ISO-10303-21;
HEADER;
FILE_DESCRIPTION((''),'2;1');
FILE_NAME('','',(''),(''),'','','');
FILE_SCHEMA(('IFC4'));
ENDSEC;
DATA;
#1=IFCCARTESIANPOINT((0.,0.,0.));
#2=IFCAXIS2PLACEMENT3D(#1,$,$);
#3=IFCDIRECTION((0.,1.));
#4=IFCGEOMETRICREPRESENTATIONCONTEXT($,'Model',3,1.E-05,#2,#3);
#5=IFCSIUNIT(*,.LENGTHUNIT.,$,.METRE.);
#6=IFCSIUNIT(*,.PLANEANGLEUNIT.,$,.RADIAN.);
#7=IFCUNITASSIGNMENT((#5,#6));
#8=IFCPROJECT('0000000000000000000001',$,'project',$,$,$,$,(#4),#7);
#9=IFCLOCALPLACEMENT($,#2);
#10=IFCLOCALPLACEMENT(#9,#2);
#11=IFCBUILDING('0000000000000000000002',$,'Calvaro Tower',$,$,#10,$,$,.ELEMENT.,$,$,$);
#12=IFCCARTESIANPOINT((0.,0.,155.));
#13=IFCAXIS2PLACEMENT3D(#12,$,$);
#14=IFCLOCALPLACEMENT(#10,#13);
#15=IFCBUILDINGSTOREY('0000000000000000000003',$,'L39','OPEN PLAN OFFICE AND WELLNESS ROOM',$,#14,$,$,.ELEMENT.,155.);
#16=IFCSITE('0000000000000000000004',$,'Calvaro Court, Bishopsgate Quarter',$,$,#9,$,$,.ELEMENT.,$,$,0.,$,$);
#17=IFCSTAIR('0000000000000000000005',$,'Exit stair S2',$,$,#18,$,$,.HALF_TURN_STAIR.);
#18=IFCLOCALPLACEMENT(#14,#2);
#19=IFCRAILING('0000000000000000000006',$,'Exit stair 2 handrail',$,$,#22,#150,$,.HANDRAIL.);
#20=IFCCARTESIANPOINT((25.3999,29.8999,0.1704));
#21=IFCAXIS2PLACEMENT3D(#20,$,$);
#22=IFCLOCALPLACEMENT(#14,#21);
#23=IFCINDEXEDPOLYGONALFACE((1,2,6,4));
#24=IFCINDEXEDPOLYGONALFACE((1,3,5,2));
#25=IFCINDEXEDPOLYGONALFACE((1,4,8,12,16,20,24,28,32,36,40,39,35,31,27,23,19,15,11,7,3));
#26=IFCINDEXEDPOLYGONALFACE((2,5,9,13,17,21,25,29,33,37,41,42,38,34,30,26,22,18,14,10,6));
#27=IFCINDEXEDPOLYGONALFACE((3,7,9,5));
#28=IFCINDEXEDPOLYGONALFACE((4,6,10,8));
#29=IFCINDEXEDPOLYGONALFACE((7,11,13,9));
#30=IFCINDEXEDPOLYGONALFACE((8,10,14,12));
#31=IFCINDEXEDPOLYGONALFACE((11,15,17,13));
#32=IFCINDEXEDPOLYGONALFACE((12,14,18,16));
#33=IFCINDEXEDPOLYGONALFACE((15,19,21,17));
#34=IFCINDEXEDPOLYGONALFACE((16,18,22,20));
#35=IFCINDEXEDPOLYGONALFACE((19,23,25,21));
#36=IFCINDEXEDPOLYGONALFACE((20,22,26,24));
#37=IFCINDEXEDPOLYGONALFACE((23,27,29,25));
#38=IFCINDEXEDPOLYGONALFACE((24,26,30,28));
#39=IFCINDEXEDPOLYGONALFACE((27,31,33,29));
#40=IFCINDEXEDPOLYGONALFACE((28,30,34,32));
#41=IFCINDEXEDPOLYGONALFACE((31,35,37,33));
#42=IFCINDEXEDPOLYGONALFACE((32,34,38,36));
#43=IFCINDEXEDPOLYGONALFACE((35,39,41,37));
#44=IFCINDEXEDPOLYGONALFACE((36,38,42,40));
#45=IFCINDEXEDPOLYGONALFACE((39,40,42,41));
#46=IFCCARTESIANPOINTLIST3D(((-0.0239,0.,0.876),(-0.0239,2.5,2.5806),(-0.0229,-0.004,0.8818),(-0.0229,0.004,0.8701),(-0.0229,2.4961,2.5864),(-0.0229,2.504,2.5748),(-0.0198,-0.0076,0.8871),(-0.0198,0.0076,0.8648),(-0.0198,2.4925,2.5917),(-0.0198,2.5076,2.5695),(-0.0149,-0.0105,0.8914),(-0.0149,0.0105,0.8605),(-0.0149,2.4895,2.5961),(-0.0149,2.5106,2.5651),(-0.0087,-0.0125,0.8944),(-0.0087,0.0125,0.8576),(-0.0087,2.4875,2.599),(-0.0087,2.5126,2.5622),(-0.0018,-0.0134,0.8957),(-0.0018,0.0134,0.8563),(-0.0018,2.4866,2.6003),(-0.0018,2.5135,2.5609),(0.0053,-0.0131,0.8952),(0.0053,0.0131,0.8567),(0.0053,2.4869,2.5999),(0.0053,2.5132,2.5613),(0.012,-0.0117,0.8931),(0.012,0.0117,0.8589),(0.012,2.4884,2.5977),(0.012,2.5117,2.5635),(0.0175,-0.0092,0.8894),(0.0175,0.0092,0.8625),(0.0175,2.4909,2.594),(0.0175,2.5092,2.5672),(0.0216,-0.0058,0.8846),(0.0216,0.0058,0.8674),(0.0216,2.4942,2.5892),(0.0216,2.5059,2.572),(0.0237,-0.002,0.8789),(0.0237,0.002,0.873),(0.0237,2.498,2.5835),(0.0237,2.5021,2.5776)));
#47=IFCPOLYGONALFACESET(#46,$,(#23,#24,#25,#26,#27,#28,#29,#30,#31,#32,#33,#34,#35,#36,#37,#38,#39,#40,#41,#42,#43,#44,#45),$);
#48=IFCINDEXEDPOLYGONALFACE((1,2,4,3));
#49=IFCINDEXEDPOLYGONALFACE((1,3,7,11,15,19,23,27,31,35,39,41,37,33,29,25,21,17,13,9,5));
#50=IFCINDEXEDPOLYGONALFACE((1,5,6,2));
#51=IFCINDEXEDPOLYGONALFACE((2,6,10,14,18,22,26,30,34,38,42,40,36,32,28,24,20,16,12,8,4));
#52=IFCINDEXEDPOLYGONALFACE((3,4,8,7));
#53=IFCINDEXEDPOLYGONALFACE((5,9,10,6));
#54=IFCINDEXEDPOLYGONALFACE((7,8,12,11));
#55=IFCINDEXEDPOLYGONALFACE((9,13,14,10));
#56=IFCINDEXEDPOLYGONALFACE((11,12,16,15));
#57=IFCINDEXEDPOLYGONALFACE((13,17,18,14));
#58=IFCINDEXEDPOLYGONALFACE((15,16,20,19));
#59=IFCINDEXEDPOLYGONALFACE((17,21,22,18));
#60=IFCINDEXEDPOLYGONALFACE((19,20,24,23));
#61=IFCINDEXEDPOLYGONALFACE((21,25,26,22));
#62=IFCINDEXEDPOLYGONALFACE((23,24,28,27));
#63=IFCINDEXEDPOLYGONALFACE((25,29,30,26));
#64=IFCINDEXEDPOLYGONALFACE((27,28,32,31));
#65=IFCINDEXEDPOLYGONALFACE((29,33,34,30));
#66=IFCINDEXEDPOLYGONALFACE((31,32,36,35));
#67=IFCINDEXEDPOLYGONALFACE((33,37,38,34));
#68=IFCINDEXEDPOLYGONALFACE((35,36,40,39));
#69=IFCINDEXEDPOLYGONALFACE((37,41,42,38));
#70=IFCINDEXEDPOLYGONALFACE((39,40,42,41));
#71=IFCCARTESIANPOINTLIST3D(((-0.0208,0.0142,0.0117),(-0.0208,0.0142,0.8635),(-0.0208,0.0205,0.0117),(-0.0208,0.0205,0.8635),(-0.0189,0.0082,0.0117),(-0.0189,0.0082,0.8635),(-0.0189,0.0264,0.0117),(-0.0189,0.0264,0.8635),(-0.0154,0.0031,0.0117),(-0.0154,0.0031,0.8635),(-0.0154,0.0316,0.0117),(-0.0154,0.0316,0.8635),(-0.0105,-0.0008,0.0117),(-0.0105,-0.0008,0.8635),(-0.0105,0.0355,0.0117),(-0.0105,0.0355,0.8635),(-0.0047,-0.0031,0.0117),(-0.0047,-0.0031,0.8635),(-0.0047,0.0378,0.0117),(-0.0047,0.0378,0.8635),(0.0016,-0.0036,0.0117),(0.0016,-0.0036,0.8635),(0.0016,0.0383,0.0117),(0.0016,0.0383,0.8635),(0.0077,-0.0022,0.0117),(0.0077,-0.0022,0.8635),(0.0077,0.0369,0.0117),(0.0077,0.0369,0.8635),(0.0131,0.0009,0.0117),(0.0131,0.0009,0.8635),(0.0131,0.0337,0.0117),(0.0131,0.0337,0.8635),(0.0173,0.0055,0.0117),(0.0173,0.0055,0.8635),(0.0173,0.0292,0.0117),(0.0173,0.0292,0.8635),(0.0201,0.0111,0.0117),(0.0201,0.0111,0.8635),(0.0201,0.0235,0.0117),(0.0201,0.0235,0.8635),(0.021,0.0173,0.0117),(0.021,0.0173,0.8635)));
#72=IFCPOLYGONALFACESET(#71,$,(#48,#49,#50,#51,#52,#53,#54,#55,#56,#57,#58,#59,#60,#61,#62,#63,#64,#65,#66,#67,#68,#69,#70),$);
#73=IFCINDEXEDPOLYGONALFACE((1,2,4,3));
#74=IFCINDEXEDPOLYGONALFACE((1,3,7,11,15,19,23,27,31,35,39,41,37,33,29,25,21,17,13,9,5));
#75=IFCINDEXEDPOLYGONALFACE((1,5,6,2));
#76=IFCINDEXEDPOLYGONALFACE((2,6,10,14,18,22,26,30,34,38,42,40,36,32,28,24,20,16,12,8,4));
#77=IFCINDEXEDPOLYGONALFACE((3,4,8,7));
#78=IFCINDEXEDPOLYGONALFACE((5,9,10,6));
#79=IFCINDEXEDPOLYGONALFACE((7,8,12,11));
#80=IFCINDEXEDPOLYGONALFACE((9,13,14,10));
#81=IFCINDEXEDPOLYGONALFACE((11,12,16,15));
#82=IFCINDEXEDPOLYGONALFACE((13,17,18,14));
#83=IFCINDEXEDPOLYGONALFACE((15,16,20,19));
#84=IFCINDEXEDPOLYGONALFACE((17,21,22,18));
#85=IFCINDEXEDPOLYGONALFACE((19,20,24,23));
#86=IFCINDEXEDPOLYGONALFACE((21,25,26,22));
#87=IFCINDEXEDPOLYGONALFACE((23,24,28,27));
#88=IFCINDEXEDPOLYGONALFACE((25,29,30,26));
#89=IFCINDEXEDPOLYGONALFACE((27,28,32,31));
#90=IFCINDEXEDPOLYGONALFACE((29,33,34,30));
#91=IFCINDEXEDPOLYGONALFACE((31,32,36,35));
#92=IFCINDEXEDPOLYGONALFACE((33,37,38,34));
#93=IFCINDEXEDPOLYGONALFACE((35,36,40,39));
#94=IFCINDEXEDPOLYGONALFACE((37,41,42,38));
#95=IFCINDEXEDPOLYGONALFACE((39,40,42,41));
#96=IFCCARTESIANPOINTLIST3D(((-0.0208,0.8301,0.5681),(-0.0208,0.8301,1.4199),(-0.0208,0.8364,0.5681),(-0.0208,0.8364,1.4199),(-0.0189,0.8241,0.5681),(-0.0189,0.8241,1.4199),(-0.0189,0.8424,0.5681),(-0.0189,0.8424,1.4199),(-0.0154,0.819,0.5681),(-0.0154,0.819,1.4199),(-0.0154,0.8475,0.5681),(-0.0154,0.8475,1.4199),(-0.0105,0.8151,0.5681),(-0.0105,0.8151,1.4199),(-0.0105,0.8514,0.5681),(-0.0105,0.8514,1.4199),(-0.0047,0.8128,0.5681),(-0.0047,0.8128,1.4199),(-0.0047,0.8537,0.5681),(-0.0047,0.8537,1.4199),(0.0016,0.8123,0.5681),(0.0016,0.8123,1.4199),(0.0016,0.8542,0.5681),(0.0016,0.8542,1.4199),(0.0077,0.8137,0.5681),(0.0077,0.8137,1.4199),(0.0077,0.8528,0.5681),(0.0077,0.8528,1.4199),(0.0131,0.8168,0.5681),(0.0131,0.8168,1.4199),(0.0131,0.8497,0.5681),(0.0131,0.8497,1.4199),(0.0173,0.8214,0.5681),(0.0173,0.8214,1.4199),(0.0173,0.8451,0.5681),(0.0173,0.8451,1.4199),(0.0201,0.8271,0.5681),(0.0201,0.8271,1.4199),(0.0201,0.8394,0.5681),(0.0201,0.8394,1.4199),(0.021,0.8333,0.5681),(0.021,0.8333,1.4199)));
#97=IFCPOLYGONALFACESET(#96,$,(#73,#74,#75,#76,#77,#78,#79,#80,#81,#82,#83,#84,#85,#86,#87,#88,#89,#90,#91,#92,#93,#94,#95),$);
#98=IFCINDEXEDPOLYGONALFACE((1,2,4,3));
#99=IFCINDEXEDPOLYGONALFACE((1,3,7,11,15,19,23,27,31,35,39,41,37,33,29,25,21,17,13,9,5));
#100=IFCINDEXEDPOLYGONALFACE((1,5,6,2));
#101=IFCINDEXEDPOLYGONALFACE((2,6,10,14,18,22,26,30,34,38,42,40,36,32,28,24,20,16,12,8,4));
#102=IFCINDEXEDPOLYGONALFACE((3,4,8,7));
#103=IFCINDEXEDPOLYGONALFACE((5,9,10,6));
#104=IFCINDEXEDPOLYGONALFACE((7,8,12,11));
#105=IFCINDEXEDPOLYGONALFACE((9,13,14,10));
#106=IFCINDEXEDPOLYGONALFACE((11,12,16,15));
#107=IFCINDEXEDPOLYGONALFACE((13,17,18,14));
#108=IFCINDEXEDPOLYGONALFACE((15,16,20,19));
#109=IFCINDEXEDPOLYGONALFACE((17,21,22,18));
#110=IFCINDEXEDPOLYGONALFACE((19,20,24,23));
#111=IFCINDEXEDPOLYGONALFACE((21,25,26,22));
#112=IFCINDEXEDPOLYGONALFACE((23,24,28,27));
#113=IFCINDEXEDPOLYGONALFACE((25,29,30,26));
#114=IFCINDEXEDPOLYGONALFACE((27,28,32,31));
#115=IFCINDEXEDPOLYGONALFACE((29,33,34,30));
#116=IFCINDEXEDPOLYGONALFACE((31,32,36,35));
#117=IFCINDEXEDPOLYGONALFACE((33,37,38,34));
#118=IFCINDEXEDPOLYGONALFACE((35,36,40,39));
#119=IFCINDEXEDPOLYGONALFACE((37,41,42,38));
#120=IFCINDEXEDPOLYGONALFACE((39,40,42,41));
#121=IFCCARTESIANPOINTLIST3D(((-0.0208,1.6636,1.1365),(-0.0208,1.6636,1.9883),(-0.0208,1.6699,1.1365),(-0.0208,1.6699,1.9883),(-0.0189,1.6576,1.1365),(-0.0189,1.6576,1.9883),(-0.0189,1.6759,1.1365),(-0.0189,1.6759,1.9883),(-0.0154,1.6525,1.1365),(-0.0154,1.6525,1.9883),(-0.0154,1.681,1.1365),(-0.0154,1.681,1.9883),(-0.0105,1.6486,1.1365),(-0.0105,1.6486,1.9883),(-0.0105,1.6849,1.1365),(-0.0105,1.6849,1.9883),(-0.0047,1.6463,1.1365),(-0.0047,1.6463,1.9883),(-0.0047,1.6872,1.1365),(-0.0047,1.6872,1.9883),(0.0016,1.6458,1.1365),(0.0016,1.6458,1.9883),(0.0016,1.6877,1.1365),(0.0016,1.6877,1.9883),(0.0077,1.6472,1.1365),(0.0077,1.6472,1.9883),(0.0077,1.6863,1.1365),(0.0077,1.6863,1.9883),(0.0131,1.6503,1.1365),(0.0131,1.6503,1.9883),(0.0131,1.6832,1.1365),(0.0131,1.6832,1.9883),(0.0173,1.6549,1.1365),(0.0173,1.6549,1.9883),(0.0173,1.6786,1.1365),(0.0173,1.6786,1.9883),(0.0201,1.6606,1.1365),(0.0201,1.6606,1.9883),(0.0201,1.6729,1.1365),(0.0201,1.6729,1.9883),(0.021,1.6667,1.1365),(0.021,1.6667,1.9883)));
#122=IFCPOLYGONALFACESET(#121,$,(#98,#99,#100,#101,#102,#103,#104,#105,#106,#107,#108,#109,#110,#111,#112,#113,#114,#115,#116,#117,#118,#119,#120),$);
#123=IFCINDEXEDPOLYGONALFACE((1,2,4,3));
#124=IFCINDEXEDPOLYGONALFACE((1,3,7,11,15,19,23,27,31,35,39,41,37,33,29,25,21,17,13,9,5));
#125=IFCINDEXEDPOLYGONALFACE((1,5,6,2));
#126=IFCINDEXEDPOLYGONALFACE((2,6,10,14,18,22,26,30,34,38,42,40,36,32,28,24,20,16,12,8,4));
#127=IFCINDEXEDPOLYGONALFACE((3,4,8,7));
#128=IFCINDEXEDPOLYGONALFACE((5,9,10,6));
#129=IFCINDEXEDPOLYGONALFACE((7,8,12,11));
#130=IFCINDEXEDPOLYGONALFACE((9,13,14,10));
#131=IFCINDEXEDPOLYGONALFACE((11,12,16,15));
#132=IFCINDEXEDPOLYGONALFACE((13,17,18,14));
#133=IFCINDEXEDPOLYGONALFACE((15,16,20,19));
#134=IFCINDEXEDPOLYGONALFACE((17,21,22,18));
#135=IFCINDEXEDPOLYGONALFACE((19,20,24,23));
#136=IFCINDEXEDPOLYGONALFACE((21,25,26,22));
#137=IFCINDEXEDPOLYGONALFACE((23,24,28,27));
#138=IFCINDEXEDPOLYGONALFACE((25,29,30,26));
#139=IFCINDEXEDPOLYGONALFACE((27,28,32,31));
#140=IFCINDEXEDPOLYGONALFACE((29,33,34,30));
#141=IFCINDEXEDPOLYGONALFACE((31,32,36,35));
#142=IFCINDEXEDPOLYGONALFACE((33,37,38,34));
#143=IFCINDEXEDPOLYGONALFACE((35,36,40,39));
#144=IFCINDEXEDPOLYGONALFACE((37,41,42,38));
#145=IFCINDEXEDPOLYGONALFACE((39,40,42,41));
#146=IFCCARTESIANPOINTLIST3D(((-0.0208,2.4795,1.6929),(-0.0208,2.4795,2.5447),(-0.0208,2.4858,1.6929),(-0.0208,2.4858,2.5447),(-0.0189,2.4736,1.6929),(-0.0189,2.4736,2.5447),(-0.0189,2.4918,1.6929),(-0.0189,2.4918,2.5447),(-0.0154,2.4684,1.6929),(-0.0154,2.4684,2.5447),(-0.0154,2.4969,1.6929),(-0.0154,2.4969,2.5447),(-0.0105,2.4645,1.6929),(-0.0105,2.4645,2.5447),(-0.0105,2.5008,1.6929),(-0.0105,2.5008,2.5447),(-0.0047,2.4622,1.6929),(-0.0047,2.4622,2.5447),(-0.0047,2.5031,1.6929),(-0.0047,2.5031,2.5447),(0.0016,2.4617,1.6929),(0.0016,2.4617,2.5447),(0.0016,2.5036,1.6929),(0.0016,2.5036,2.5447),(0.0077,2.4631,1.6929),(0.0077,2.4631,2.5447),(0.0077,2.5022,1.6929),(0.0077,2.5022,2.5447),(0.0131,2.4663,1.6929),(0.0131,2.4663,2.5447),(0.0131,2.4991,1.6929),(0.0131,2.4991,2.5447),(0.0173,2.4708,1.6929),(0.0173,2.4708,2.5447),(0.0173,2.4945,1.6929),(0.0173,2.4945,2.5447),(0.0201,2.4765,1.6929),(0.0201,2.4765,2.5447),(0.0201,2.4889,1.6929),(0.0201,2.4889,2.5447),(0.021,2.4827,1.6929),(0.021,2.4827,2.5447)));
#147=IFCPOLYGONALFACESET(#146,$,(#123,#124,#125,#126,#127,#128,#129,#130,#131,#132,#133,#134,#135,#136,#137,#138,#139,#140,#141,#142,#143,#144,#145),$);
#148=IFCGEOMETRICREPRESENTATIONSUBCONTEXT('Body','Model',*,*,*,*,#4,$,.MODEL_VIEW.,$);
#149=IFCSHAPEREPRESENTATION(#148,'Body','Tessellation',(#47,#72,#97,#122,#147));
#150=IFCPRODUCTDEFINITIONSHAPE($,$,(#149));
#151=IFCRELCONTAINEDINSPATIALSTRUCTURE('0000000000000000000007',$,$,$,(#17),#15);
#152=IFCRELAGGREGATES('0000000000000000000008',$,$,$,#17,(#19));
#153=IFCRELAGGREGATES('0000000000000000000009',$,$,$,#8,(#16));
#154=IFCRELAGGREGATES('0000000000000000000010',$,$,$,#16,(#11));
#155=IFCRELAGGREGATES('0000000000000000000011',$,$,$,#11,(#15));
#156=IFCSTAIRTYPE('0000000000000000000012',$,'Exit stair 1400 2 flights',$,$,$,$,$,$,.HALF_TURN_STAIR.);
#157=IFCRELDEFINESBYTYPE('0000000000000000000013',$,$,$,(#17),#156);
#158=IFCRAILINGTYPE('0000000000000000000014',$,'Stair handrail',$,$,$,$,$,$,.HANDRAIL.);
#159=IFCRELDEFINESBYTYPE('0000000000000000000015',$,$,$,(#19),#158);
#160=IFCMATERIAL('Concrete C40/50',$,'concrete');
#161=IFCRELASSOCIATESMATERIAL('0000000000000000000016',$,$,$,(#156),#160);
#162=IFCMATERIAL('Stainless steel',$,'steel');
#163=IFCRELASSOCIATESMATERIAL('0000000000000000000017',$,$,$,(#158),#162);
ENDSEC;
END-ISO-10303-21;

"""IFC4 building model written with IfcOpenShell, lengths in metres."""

from ifc_helpers import new_model, si_unit, direction, frame, origin, origin_2d, place, context, subcontext, project, spatial, circle, extrude, material, type_object, element, aggregate, save


model = new_model("IFC4")

# Units and contexts
model_context = context("Model", 3, precision=1e-05, world=origin(), true_north=direction((0.0, 1.0)))
body_context = subcontext(model_context, "Body", "Model", "MODEL_VIEW")
ifc_project = project(units=[si_unit("LENGTHUNIT", "METRE"), si_unit("PLANEANGLEUNIT", "RADIAN")], contexts=[model_context])

# Site, building, storey
site_placement = place(None, origin())
site = spatial("IfcSite", under=ifc_project, at=site_placement, Name="Calvaro Court, Bishopsgate Quarter", CompositionType="ELEMENT", RefElevation=0.0)
building_placement = place(site_placement, origin())
building = spatial("IfcBuilding", under=site, at=building_placement, Name="Calvaro Tower", CompositionType="ELEMENT")
storey_placement = place(building_placement, frame((0.0, 0.0, 155.0)))
storey = spatial("IfcBuildingStorey", under=building, at=storey_placement, Name="L39", Description="OPEN PLAN OFFICE AND WELLNESS ROOM", CompositionType="ELEMENT", Elevation=155.0)

# Stair, railing
ifc_material_1 = material(Name="Concrete C40/50", Category="concrete")
stair_type = type_object("IfcStairType", Name="Exit stair 1400 2 flights", PredefinedType="HALF_TURN_STAIR", material=ifc_material_1)
stair_placement = place(storey_placement, origin())
stair = element("IfcStair", 1, at=stair_placement, inside=storey, type_object=stair_type, Name="Exit stair S2", PredefinedType="HALF_TURN_STAIR")
ifc_material_2 = material(Name="Stainless steel", Category="steel")
railing_type = type_object("IfcRailingType", Name="Stair handrail", PredefinedType="HANDRAIL", material=ifc_material_2)
railing_1_placement = place(storey_placement, frame((25.3999, 29.8999, 0.1704)))
railing_1 = element("IfcRailing", 2, at=railing_1_placement, type_object=railing_type, Name="Exit stair 2 handrail", PredefinedType="HANDRAIL", context=body_context, shape_type="SweptSolid", body=[
    extrude(circle(Radius=0.0239, at=origin_2d()), frame((0.0, 0.0, 0.876), z_axis=(0.0, 0.826221, 0.563347), x_axis=(-1.0, 0.0, 0.0)), (0.0, 0.0, 1.0), 3.0259),
    extrude(circle(Radius=0.021, at=origin_2d()), frame((0.0, 0.0173, 0.0117)), (0.0, 0.0, 1.0), 0.8518),
    extrude(circle(Radius=0.021, at=origin_2d()), frame((0.0, 0.8333, 0.5681)), (0.0, 0.0, 1.0), 0.8518),
    extrude(circle(Radius=0.021, at=origin_2d()), frame((0.0, 1.6667, 1.1365)), (0.0, 0.0, 1.0), 0.8518),
    extrude(circle(Radius=0.021, at=origin_2d()), frame((0.0, 2.4827, 1.6929)), (0.0, 0.0, 1.0), 0.8518),
])
aggregate(stair, [railing_1])

save(model, "model.ifc")
